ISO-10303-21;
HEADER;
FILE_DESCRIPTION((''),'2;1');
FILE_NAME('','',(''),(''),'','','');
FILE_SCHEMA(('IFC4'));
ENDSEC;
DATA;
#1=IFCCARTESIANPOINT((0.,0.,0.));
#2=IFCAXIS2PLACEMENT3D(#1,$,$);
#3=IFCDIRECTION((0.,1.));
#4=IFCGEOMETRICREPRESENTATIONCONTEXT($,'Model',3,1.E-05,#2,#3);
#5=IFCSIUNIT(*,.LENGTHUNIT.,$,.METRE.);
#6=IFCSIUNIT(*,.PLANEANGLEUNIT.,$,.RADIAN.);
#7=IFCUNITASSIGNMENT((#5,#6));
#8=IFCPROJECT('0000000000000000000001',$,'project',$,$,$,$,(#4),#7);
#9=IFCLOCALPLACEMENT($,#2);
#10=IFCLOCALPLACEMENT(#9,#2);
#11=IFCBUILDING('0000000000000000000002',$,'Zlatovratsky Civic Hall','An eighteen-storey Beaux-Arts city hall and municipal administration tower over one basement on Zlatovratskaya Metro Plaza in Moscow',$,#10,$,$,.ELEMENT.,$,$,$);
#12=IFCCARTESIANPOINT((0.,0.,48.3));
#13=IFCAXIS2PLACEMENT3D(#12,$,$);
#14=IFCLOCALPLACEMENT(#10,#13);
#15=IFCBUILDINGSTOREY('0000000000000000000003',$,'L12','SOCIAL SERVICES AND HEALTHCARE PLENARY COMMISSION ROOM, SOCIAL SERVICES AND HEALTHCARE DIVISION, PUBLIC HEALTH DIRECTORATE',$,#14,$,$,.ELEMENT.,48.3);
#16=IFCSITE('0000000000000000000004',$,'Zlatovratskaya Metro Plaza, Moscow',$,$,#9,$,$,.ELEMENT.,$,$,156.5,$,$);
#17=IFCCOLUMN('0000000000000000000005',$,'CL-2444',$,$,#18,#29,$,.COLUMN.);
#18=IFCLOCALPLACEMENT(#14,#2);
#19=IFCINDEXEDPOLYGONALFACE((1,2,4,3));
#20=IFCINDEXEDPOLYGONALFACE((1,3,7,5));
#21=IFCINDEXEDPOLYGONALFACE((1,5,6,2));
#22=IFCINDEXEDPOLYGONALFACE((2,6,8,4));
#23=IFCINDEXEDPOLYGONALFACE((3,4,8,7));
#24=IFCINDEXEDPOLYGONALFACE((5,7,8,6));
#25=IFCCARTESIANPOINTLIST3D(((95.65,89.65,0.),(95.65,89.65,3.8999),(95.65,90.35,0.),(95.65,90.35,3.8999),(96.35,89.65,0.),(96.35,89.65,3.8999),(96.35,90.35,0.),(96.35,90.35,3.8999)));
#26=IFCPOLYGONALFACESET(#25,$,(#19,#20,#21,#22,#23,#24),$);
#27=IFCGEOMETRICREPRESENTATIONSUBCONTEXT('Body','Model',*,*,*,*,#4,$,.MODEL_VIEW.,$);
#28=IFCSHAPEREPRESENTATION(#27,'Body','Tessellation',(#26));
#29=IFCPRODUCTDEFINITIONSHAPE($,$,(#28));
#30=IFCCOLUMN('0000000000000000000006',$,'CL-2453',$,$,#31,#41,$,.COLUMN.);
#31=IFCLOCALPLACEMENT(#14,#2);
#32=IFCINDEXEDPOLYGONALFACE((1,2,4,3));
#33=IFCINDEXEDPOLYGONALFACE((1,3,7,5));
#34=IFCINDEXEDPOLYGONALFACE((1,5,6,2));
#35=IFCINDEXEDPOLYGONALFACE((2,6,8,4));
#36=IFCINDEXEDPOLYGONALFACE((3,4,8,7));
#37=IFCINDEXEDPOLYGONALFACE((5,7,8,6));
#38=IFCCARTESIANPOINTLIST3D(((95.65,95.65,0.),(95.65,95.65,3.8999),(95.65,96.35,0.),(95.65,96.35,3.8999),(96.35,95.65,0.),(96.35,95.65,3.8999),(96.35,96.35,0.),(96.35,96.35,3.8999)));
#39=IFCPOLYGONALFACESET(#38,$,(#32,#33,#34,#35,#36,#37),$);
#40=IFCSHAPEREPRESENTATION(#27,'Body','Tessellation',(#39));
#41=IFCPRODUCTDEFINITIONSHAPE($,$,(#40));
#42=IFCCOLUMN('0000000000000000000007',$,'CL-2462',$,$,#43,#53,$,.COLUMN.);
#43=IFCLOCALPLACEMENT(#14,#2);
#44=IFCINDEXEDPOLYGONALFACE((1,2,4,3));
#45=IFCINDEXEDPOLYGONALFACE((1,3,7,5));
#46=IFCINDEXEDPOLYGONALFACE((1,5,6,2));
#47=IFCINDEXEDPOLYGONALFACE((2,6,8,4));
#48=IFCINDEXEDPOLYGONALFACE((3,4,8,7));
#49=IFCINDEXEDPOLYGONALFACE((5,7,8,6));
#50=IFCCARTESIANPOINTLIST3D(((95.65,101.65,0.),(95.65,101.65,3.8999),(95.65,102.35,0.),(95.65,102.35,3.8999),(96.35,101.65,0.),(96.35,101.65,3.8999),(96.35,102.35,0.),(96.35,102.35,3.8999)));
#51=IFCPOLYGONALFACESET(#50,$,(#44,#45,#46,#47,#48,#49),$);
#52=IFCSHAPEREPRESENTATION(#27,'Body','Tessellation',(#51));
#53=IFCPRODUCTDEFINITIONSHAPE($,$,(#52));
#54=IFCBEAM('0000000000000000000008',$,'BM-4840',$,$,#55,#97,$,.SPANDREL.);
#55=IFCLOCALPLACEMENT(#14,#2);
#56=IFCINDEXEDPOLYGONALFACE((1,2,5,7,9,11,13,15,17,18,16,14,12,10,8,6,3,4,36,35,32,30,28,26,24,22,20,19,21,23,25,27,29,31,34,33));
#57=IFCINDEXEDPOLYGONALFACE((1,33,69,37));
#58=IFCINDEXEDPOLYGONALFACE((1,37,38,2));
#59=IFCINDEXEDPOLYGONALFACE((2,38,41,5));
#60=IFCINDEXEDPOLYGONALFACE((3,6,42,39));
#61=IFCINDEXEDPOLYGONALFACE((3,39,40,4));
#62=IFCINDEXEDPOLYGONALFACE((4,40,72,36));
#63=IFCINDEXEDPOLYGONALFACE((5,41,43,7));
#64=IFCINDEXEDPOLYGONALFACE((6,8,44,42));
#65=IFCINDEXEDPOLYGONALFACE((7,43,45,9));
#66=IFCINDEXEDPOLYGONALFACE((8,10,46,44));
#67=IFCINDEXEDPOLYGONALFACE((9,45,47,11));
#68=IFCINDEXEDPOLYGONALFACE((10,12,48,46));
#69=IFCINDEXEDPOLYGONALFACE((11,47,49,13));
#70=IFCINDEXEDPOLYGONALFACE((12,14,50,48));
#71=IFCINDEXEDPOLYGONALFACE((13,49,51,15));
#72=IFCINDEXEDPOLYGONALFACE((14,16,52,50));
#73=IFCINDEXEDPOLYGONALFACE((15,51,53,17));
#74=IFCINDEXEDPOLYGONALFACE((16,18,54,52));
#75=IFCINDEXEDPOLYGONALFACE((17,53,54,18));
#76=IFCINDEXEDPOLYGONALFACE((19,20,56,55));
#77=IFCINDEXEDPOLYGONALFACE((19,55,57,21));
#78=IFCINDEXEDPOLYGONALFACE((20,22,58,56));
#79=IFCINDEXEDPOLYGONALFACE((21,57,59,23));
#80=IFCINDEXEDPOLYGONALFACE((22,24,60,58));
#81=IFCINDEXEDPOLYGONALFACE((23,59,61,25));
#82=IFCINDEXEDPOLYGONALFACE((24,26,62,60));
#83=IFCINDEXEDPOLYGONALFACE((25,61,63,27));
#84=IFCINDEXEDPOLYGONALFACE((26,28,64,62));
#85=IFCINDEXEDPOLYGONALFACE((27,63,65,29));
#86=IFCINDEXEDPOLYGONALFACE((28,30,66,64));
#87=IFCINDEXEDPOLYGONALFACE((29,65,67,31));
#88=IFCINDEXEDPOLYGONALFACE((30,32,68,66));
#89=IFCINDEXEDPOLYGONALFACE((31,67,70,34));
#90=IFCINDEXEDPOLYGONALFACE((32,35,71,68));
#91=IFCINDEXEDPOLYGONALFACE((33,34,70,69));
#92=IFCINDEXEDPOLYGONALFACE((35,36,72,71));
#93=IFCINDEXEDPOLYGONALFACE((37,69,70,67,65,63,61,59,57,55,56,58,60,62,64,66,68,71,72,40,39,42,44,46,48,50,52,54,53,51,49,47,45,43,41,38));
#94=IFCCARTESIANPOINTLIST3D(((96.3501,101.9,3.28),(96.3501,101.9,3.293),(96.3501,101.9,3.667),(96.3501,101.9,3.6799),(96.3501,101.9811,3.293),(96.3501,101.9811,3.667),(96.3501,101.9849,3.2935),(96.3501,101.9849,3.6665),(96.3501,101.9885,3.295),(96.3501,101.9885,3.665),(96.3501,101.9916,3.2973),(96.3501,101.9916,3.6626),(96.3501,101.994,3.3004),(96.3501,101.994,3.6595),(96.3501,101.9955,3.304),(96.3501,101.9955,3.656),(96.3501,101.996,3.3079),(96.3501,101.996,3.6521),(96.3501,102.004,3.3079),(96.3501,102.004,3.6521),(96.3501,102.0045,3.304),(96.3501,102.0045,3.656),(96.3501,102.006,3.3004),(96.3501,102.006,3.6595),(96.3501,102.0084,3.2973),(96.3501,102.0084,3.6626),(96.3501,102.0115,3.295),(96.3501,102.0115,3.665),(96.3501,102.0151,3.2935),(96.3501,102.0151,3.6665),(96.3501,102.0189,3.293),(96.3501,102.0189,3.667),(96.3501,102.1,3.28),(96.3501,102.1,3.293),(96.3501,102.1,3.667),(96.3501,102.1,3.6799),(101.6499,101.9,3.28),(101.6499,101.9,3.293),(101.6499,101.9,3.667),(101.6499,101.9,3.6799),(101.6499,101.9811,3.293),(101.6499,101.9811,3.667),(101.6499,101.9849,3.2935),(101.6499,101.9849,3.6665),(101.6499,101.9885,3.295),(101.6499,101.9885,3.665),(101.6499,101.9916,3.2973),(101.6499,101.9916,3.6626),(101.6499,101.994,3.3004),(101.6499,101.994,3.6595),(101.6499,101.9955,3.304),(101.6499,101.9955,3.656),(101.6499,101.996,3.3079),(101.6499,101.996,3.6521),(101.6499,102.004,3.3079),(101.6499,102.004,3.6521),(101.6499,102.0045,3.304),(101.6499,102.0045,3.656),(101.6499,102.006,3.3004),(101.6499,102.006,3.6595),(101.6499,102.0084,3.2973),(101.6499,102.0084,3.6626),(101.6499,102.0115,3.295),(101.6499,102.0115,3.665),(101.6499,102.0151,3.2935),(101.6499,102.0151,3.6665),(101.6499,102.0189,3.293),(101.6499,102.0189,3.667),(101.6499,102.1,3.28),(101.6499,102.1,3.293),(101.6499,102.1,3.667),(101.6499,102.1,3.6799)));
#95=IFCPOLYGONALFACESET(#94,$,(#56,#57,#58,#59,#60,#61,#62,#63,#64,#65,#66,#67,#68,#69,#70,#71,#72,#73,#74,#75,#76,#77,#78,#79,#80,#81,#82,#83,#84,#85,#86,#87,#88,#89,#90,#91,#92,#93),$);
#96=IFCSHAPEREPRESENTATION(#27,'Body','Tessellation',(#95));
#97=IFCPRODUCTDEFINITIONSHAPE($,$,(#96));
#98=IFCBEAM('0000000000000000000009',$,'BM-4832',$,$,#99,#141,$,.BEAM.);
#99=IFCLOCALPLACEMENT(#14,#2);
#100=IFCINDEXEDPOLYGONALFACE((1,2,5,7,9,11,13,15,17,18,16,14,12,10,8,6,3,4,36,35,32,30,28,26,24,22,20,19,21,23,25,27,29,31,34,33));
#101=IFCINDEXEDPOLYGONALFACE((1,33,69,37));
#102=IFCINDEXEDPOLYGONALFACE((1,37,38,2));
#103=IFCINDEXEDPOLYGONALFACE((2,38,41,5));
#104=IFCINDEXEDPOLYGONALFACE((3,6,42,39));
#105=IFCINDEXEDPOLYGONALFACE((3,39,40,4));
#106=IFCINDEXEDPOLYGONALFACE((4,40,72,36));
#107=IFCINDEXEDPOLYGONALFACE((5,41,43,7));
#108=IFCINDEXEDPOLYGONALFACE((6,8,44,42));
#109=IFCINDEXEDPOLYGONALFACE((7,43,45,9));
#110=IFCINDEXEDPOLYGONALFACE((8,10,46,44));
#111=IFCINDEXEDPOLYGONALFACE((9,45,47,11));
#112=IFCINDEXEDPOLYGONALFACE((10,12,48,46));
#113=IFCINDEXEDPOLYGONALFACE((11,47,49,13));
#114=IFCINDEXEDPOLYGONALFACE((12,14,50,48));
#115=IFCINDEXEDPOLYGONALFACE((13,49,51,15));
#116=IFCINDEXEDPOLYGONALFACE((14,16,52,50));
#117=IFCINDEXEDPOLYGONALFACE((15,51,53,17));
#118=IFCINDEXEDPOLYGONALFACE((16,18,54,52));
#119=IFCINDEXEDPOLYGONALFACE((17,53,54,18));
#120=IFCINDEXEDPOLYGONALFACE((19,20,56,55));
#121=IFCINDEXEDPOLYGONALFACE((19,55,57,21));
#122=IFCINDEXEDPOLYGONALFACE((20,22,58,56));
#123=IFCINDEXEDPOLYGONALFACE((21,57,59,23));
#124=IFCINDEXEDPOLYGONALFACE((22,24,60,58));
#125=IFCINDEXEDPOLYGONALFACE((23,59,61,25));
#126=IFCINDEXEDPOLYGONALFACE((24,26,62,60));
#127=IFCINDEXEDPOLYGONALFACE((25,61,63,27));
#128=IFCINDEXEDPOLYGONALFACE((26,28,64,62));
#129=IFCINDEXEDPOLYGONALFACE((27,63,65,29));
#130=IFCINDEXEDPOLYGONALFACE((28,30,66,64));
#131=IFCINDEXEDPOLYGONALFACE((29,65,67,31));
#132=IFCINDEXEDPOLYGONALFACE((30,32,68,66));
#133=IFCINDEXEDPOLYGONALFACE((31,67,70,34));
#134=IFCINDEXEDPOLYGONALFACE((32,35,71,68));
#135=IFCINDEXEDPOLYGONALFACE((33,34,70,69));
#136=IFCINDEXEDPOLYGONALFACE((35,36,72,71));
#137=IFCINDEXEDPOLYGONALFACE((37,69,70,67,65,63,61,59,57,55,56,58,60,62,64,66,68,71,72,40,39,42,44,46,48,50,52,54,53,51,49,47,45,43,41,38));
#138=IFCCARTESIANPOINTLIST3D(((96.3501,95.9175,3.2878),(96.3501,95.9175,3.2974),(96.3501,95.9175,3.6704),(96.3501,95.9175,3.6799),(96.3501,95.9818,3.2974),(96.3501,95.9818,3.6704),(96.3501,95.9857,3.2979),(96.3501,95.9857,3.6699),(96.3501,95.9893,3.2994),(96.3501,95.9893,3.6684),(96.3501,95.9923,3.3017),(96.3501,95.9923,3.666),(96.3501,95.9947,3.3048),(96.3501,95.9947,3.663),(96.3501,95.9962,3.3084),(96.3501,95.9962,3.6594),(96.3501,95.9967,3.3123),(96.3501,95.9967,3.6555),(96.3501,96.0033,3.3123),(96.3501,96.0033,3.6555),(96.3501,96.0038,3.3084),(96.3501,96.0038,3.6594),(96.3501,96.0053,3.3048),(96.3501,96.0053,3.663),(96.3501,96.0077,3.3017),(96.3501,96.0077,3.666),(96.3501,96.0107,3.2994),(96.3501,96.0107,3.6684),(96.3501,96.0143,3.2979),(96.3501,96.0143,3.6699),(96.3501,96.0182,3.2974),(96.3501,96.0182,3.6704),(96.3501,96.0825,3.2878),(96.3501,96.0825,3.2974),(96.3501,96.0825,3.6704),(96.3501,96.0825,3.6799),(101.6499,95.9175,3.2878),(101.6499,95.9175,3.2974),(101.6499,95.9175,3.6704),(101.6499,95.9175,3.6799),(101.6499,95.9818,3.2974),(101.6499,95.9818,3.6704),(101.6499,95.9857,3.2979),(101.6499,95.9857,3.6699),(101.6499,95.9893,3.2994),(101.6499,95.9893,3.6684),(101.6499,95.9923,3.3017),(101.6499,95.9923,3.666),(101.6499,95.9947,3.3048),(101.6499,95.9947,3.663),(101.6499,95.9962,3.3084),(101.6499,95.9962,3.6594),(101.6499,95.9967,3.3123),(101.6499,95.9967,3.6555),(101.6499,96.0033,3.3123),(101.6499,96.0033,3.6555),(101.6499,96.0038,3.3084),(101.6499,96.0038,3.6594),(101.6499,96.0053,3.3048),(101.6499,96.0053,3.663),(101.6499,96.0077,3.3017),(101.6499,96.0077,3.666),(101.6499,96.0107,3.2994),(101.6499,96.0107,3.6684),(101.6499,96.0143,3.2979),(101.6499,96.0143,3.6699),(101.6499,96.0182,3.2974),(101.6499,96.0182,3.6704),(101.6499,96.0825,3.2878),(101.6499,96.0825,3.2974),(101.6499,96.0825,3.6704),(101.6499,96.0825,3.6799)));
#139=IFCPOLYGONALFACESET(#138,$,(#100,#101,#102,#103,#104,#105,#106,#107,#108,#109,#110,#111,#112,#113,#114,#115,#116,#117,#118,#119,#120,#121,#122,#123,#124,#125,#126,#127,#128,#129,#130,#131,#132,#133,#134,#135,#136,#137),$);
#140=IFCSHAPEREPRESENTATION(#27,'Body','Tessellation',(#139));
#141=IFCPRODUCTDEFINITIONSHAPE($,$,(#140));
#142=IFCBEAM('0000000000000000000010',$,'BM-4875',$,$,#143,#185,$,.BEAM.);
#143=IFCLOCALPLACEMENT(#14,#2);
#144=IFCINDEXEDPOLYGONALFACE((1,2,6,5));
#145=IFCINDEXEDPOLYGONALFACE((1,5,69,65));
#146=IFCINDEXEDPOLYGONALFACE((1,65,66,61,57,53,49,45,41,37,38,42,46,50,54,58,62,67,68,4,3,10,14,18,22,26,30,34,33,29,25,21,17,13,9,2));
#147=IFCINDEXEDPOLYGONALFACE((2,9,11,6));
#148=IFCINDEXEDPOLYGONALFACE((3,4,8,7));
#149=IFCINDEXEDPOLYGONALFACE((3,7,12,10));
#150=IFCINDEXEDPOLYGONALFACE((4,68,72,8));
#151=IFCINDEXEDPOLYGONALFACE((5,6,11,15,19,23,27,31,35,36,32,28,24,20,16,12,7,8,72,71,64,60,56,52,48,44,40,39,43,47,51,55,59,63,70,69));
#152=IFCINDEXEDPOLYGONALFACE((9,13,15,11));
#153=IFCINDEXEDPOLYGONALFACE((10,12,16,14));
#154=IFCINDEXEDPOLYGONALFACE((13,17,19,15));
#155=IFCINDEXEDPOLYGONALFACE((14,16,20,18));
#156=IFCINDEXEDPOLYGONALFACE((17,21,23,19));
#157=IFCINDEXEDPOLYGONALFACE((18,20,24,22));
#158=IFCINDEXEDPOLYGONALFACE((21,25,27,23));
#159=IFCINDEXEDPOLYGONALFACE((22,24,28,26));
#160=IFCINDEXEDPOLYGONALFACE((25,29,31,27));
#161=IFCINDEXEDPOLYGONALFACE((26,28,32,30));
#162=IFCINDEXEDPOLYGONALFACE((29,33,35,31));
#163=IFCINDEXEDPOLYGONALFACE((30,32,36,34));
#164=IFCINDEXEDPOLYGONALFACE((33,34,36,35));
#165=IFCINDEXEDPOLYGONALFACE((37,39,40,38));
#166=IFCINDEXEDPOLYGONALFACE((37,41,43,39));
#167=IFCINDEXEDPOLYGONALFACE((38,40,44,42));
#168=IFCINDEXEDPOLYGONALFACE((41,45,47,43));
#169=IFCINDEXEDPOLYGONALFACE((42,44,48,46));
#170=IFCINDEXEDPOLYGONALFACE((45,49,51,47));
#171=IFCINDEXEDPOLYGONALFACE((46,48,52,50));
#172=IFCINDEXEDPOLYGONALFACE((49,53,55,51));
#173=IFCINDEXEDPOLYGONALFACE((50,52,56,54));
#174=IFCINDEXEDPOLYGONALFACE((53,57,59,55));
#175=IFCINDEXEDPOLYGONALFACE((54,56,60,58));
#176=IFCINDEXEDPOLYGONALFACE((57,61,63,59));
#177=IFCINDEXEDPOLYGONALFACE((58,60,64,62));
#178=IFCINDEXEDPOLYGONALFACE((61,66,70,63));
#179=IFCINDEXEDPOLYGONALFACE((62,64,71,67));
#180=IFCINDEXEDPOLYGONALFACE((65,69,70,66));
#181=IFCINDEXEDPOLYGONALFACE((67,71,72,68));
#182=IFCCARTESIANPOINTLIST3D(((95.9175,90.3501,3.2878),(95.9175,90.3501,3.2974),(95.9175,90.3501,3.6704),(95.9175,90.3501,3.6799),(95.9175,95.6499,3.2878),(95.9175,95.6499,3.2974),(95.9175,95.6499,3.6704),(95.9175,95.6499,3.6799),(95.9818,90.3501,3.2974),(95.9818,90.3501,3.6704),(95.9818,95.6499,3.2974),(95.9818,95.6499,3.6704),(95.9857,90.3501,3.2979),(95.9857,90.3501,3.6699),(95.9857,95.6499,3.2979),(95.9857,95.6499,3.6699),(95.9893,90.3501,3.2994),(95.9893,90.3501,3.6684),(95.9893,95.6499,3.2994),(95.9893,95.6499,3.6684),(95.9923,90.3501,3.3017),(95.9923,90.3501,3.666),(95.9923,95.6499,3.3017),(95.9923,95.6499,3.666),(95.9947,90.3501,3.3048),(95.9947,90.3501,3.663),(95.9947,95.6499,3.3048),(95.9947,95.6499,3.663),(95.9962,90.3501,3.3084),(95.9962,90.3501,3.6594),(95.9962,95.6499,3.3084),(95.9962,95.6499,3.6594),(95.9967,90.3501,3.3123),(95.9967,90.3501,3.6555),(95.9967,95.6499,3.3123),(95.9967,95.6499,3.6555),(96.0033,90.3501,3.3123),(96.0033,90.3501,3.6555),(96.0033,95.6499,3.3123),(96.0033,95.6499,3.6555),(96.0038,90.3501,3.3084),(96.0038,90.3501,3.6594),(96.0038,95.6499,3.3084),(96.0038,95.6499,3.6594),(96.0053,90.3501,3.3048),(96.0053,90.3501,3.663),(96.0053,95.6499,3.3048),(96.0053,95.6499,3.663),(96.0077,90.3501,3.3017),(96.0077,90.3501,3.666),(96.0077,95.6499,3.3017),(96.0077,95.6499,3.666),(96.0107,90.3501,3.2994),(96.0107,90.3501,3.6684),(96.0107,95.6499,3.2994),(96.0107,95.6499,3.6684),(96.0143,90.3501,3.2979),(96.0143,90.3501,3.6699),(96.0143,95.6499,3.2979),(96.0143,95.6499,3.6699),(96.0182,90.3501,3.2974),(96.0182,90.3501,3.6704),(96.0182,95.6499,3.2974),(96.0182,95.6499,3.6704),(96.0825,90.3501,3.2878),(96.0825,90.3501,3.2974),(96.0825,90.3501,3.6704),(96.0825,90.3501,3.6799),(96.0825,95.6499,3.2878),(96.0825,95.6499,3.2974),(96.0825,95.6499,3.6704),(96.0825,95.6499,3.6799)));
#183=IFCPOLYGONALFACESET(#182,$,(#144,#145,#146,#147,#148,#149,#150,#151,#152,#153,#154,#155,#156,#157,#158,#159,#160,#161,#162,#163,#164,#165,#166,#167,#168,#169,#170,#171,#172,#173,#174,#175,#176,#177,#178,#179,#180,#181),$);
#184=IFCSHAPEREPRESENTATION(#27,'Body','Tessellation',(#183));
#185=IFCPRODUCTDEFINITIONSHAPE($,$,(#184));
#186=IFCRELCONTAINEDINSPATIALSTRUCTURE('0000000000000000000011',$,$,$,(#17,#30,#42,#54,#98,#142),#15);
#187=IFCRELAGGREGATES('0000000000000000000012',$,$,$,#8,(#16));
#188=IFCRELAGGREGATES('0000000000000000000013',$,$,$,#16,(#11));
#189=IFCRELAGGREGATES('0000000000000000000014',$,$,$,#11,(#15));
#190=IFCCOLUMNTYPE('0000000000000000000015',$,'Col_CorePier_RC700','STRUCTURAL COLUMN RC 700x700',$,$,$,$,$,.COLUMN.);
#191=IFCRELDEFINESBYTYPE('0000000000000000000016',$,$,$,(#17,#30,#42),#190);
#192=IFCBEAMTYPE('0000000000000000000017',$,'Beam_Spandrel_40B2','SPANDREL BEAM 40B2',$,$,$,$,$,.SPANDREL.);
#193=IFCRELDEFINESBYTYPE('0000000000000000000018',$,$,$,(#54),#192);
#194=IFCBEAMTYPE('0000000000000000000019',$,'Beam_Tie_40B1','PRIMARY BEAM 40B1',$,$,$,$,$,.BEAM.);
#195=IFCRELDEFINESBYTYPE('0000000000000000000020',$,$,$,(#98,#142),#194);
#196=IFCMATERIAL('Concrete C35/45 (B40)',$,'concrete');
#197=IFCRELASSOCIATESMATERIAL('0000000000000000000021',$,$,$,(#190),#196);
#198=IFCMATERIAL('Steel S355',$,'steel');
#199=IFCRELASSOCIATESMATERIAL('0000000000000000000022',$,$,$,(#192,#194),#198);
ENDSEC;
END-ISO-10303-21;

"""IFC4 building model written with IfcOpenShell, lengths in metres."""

from ifc_helpers import new_model, si_unit, direction, frame, origin, origin_2d, place, context, subcontext, project, spatial, rectangle, i_section, extrude, material, material_profile, profile_set, type_object, element, save


model = new_model("IFC4")

# Units and contexts
model_context = context("Model", 3, precision=1e-05, world=origin(), true_north=direction((0.0, 1.0)))
body_context = subcontext(model_context, "Body", "Model", "MODEL_VIEW")
ifc_project = project(units=[si_unit("LENGTHUNIT", "METRE"), si_unit("PLANEANGLEUNIT", "RADIAN")], contexts=[model_context])

# Site, building, storey
site_placement = place(None, origin())
site = spatial("IfcSite", under=ifc_project, at=site_placement, Name="Zlatovratskaya Metro Plaza, Moscow", CompositionType="ELEMENT", RefElevation=156.5)
building_placement = place(site_placement, origin())
building = spatial("IfcBuilding", under=site, at=building_placement, Name="Zlatovratsky Civic Hall", Description="An eighteen-storey Beaux-Arts city hall and municipal administration tower over one basement on Zlatovratskaya Metro Plaza in Moscow", CompositionType="ELEMENT")
storey_placement = place(building_placement, frame((0.0, 0.0, 48.3)))
storey = spatial("IfcBuildingStorey", under=building, at=storey_placement, Name="L12", Description="SOCIAL SERVICES AND HEALTHCARE PLENARY COMMISSION ROOM, SOCIAL SERVICES AND HEALTHCARE DIVISION, PUBLIC HEALTH DIRECTORATE", CompositionType="ELEMENT", Elevation=48.3)

# Columns
ifc_material_1 = material(Name="Concrete C35/45 (B40)", Category="concrete")
ifc_material_profile_1 = material_profile(ifc_material_1, rectangle(XDim=0.7, YDim=0.7, at=origin_2d()), Name="RC 700x700")
ifc_profile_set_1 = profile_set([ifc_material_profile_1], Name="Concrete C35/45 (B40)")
column_type = type_object("IfcColumnType", Name="Col_CorePier_RC700", Description="STRUCTURAL COLUMN RC 700x700", PredefinedType="COLUMN", material=ifc_profile_set_1)
for number, where, z_axis, x_axis, name in (
    (1, (96.0, 90.0, 0.0), (0.0, 0.0, 1.0), (1.0, 0.0, 0.0), "CL-2444"),
    (2, (96.0, 96.0, 0.0), (0.0, 0.0, 1.0), (1.0, 0.0, 0.0), "CL-2453"),
    (3, (96.0, 102.0, 0.0), (0.0, 0.0, 1.0), (1.0, 0.0, 0.0), "CL-2462"),
):
    element("IfcColumn", number, at=place(storey_placement, frame(where, z_axis=z_axis, x_axis=x_axis)), inside=storey, type_object=column_type, Name=name, PredefinedType="COLUMN", context=body_context, shape_type="SweptSolid", body=[
        extrude(rectangle(XDim=0.7, YDim=0.7, at=origin_2d()), origin(), (0.0, 0.0, 1.0), 3.8999),
    ])

# Beams
ifc_material_2 = material(Name="Steel S355", Category="steel")
ifc_material_profile_2 = material_profile(ifc_material_2, i_section(OverallWidth=0.2, OverallDepth=0.3999, WebThickness=0.0081, FlangeThickness=0.0129, FilletRadius=0.0149, at=origin_2d()), Name="40B2")
ifc_profile_set_2 = profile_set([ifc_material_profile_2], Name="Steel S355")
beam_type_1 = type_object("IfcBeamType", Name="Beam_Spandrel_40B2", Description="SPANDREL BEAM 40B2", PredefinedType="SPANDREL", material=ifc_profile_set_2)
beam_placement = place(storey_placement, frame((96.3501, 102.0, 3.48), z_axis=(1.0, 0.0, 0.0), x_axis=(0.0, 1.0, 0.0)))
element("IfcBeam", 4, at=beam_placement, inside=storey, type_object=beam_type_1, Name="BM-4840", PredefinedType="SPANDREL", context=body_context, shape_type="SweptSolid", body=[
    extrude(i_section(OverallWidth=0.2, OverallDepth=0.3999, WebThickness=0.0081, FlangeThickness=0.0129, FilletRadius=0.0149, at=origin_2d()), origin(), (0.0, 0.0, 1.0), 5.2998),
])
ifc_material_profile_3 = material_profile(ifc_material_2, i_section(OverallWidth=0.165, OverallDepth=0.3921, WebThickness=0.0066, FlangeThickness=0.0095, FilletRadius=0.0149, at=origin_2d()), Name="40B1")
ifc_profile_set_3 = profile_set([ifc_material_profile_3], Name="Steel S355")
beam_type_2 = type_object("IfcBeamType", Name="Beam_Tie_40B1", Description="PRIMARY BEAM 40B1", PredefinedType="BEAM", material=ifc_profile_set_3)
for number, where, z_axis, x_axis, name in (
    (5, (96.3501, 96.0, 3.4839), (1.0, 0.0, 0.0), (0.0, 1.0, 0.0), "BM-4832"),
    (6, (96.0, 90.3501, 3.4839), (0.0, 1.0, 0.0), (-1.0, 0.0, 0.0), "BM-4875"),
):
    element("IfcBeam", number, at=place(storey_placement, frame(where, z_axis=z_axis, x_axis=x_axis)), inside=storey, type_object=beam_type_2, Name=name, PredefinedType="BEAM", context=body_context, shape_type="SweptSolid", body=[
        extrude(i_section(OverallWidth=0.165, OverallDepth=0.3921, WebThickness=0.0066, FlangeThickness=0.0095, FilletRadius=0.0149, at=origin_2d()), origin(), (0.0, 0.0, 1.0), 5.2998),
    ])

save(model, "model.ifc")
